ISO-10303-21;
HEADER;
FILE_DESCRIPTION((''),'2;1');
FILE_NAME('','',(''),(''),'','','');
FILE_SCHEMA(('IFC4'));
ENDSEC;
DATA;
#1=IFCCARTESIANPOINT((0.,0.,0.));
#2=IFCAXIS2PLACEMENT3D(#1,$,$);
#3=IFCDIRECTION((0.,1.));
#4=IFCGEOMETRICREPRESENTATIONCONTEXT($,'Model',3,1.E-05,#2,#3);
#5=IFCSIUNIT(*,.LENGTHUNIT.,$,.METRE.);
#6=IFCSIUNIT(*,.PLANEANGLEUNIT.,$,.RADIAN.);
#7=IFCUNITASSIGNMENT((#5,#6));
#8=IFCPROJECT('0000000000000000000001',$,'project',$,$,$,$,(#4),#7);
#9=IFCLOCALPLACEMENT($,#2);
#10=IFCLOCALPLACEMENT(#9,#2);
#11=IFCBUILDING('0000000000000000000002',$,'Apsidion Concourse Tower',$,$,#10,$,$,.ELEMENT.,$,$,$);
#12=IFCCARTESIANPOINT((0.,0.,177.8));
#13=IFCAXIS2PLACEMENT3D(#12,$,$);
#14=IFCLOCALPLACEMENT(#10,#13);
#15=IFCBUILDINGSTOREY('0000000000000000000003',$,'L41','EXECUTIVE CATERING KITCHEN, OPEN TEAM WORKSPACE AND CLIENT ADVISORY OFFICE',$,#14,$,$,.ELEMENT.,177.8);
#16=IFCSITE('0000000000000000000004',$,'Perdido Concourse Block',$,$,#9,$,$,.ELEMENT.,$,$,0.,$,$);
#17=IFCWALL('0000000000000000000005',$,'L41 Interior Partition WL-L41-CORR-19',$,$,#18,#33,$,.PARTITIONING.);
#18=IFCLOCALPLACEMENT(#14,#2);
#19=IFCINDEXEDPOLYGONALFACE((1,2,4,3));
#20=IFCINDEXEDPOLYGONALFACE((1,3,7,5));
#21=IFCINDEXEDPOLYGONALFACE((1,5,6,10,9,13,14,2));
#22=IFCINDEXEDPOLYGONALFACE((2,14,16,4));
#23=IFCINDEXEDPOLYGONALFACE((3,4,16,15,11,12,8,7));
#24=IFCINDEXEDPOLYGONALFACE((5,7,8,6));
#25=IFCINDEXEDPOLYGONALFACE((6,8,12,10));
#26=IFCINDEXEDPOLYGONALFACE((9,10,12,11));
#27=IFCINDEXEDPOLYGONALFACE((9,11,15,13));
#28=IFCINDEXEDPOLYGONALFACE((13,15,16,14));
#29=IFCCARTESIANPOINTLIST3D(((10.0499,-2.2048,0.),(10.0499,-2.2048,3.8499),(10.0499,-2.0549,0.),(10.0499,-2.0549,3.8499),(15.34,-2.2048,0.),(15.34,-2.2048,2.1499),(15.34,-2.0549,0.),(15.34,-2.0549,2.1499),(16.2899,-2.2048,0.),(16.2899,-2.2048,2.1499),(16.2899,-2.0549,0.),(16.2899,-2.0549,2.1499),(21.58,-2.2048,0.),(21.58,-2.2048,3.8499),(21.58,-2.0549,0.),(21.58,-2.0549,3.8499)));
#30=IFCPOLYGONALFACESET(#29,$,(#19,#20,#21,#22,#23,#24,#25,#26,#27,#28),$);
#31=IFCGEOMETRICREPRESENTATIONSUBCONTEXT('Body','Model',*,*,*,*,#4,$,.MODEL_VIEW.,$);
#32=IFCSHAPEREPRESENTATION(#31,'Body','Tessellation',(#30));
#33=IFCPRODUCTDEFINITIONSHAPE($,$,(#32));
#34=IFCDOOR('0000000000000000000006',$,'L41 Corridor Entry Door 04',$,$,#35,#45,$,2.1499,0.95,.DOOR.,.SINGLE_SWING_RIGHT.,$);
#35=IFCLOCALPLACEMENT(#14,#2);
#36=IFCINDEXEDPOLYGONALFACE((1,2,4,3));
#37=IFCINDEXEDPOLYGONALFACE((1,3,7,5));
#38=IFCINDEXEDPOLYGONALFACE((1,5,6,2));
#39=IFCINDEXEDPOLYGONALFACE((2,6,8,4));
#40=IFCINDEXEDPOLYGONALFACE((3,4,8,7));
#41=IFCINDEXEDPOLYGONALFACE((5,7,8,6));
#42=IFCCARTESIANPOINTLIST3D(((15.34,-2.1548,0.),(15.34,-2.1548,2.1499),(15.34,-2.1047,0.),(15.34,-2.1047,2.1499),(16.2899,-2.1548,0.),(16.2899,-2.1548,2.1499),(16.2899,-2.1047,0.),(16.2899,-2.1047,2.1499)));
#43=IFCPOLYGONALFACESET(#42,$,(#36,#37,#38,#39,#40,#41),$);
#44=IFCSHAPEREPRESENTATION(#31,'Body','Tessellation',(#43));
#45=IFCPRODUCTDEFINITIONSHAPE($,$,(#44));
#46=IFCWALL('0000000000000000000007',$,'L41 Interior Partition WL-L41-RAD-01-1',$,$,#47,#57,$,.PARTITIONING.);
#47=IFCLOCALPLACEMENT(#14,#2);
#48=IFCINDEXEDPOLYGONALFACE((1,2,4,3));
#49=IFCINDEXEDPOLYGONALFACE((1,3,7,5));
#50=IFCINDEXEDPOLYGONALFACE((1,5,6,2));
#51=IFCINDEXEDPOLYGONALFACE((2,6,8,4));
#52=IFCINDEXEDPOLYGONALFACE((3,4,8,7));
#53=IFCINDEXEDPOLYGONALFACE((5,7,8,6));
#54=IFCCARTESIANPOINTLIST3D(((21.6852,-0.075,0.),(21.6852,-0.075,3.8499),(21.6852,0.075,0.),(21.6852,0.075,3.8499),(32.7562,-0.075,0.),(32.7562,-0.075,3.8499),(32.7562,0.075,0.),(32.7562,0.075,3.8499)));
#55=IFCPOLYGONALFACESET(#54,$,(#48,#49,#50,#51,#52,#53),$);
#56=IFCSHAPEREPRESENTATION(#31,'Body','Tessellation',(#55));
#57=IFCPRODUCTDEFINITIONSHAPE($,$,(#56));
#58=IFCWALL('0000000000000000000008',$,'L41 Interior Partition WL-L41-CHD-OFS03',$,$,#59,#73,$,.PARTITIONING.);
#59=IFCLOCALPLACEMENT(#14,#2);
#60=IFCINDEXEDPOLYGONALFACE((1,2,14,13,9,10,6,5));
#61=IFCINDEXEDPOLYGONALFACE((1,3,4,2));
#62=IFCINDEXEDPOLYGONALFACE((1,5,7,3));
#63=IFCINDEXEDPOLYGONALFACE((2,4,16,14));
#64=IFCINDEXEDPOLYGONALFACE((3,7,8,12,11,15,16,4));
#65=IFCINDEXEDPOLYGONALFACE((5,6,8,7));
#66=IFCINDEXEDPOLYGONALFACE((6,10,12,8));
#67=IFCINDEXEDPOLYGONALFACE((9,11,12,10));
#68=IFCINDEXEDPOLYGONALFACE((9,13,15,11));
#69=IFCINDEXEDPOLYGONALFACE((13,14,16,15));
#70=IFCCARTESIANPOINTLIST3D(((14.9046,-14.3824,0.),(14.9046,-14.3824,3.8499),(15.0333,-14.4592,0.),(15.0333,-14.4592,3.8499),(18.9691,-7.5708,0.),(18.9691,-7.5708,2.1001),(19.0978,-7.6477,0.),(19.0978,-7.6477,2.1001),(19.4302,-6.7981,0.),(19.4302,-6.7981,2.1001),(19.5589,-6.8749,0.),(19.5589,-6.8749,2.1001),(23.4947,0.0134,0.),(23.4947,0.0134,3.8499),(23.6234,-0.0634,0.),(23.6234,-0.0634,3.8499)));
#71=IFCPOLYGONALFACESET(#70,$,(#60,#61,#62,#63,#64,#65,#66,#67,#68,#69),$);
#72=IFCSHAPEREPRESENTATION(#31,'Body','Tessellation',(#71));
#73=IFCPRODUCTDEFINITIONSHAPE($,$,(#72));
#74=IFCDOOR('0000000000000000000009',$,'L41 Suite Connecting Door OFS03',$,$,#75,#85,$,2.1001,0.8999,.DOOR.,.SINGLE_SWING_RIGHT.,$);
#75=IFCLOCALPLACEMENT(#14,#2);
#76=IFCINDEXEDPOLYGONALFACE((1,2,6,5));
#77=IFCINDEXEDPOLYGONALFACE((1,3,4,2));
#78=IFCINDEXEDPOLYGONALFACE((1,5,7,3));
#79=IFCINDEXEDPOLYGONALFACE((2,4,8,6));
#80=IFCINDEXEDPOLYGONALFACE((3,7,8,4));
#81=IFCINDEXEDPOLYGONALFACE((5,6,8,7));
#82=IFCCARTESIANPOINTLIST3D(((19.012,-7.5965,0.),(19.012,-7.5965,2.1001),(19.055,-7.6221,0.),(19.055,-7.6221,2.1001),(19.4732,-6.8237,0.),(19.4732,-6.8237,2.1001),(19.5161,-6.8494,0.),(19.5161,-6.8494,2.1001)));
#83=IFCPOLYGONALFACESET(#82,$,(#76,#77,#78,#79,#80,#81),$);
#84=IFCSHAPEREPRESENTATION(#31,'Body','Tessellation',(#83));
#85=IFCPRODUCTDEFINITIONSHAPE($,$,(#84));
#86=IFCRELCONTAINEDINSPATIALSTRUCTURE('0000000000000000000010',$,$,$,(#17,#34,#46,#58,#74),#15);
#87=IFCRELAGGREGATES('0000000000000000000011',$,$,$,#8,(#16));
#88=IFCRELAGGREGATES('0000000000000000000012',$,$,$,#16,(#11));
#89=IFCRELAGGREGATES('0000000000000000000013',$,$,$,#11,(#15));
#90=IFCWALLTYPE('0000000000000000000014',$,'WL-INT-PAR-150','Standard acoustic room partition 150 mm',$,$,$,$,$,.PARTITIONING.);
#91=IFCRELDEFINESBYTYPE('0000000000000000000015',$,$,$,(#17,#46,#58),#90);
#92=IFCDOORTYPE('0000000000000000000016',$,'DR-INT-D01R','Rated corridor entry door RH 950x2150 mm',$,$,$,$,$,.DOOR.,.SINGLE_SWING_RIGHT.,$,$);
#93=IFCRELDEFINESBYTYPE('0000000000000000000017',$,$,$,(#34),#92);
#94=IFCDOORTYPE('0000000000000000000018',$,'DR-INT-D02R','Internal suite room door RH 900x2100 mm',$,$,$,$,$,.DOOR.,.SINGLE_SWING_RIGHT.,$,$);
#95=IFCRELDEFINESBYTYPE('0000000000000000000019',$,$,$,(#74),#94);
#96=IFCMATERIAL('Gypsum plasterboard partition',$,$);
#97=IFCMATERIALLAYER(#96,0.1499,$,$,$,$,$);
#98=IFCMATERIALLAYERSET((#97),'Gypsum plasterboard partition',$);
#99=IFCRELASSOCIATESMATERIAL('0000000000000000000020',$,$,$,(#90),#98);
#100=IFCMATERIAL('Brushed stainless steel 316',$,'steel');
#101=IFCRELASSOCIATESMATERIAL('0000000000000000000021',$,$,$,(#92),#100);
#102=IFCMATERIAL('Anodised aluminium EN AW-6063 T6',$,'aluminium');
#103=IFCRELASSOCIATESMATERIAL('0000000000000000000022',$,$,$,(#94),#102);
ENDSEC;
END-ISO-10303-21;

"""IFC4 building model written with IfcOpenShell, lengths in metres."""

from ifc_helpers import new_model, si_unit, direction, frame, frame_2d, origin, place, context, subcontext, project, spatial, rectangle, extrude, material, layer, layer_set, type_object, element, fill, save


model = new_model("IFC4")

# Units and contexts
model_context = context("Model", 3, precision=1e-05, world=origin(), true_north=direction((0.0, 1.0)))
body_context = subcontext(model_context, "Body", "Model", "MODEL_VIEW")
ifc_project = project(units=[si_unit("LENGTHUNIT", "METRE"), si_unit("PLANEANGLEUNIT", "RADIAN")], contexts=[model_context])

# Site, building, storey
site_placement = place(None, origin())
site = spatial("IfcSite", under=ifc_project, at=site_placement, Name="Perdido Concourse Block", CompositionType="ELEMENT", RefElevation=0.0)
building_placement = place(site_placement, origin())
building = spatial("IfcBuilding", under=site, at=building_placement, Name="Apsidion Concourse Tower", CompositionType="ELEMENT")
storey_placement = place(building_placement, frame((0.0, 0.0, 177.8)))
storey = spatial("IfcBuildingStorey", under=building, at=storey_placement, Name="L41", Description="EXECUTIVE CATERING KITCHEN, OPEN TEAM WORKSPACE AND CLIENT ADVISORY OFFICE", CompositionType="ELEMENT", Elevation=177.8)

# Wall, opening, door
ifc_material_1 = material(Name="Gypsum plasterboard partition")
ifc_layer_1 = layer(ifc_material_1, 0.1499)
ifc_layer_set_1 = layer_set([ifc_layer_1], Name="Gypsum plasterboard partition")
wall_type_1 = type_object("IfcWallType", Name="WL-INT-PAR-150", Description="Standard acoustic room partition 150 mm", PredefinedType="PARTITIONING", material=ifc_layer_set_1)
wall_1_placement = place(storey_placement, frame((21.5801, -2.1299, 0.0), z_axis=(0.0, 0.0, 1.0), x_axis=(-1.0, 0.0, 0.0)))
wall_1 = element("IfcWall", 1, at=wall_1_placement, inside=storey, type_object=wall_type_1, Name="L41 Interior Partition WL-L41-CORR-19", PredefinedType="PARTITIONING", context=body_context, shape_type="SweptSolid", body=[
    extrude(rectangle(XDim=11.53, YDim=0.1499, at=frame_2d((5.7651, 0.0))), origin(), (0.0, 0.0, 1.0), 3.8499),
])
opening_1_placement = place(wall_1_placement, frame((5.29, 0.0, 0.0)))
opening_1 = element("IfcOpeningElement", 2, at=opening_1_placement, cuts=wall_1, PredefinedType="OPENING", context=body_context, shape_type="SweptSolid", body=[
    extrude(rectangle(XDim=0.95, YDim=2.1499, at=frame_2d((0.4751, 1.075))), frame((0.0, 0.085, 0.0), z_axis=(0.0, -1.0, 0.0), x_axis=(1.0, 0.0, 0.0)), (0.0, 0.0, 1.0), 0.1699),
])
ifc_material_2 = material(Name="Brushed stainless steel 316", Category="steel")
door_type_1 = type_object("IfcDoorType", Name="DR-INT-D01R", Description="Rated corridor entry door RH 950x2150 mm", OperationType="SINGLE_SWING_RIGHT", PredefinedType="DOOR", material=ifc_material_2)
door_1_placement = place(opening_1_placement, origin())
door_1 = element("IfcDoor", 3, at=door_1_placement, inside=storey, type_object=door_type_1, Name="L41 Corridor Entry Door 04", OperationType="SINGLE_SWING_RIGHT", OverallHeight=2.1499, OverallWidth=0.95, PredefinedType="DOOR", context=body_context, shape_type="SweptSolid", body=[
    extrude(rectangle(XDim=0.95, YDim=2.1499, at=frame_2d((0.4751, 1.075))), frame((0.0, 0.0249, 0.0), z_axis=(0.0, -1.0, 0.0), x_axis=(1.0, 0.0, 0.0)), (0.0, 0.0, 1.0), 0.05),
])
fill(opening_1, door_1)

# Wall
wall_2_placement = place(storey_placement, frame((21.6851, 0.0, 0.0), z_axis=(0.0, 0.0, 1.0), x_axis=(1.0, 0.0, 0.0)))
element("IfcWall", 4, at=wall_2_placement, inside=storey, type_object=wall_type_1, Name="L41 Interior Partition WL-L41-RAD-01-1", PredefinedType="PARTITIONING", context=body_context, shape_type="SweptSolid", body=[
    extrude(rectangle(XDim=11.071, YDim=0.1499, at=frame_2d((5.5356, 0.0))), origin(), (0.0, 0.0, 1.0), 3.8499),
])

# Wall, opening, door
wall_3_placement = place(storey_placement, frame((14.969, -14.4207, 0.0), z_axis=(0.0, 0.0, 1.0), x_axis=(0.512417, 0.858737, 0.0)))
wall_3 = element("IfcWall", 5, at=wall_3_placement, inside=storey, type_object=wall_type_1, Name="L41 Interior Partition WL-L41-CHD-OFS03", PredefinedType="PARTITIONING", context=body_context, shape_type="SweptSolid", body=[
    extrude(rectangle(XDim=16.7639, YDim=0.1499, at=frame_2d((8.3818, 0.0))), origin(), (0.0, 0.0, 1.0), 3.8499),
])
opening_2_placement = place(wall_3_placement, frame((7.9319, 0.0, 0.0)))
opening_2 = element("IfcOpeningElement", 6, at=opening_2_placement, cuts=wall_3, PredefinedType="OPENING", context=body_context, shape_type="SweptSolid", body=[
    extrude(rectangle(XDim=0.8999, YDim=2.1001, at=frame_2d((0.45, 1.05))), frame((0.0, 0.085, 0.0), z_axis=(0.0, -1.0, 0.0), x_axis=(1.0, 0.0, 0.0)), (0.0, 0.0, 1.0), 0.1699),
])
ifc_material_3 = material(Name="Anodised aluminium EN AW-6063 T6", Category="aluminium")
door_type_2 = type_object("IfcDoorType", Name="DR-INT-D02R", Description="Internal suite room door RH 900x2100 mm", OperationType="SINGLE_SWING_RIGHT", PredefinedType="DOOR", material=ifc_material_3)
door_2_placement = place(opening_2_placement, origin())
door_2 = element("IfcDoor", 7, at=door_2_placement, inside=storey, type_object=door_type_2, Name="L41 Suite Connecting Door OFS03", OperationType="SINGLE_SWING_RIGHT", OverallHeight=2.1001, OverallWidth=0.8999, PredefinedType="DOOR", context=body_context, shape_type="SweptSolid", body=[
    extrude(rectangle(XDim=0.8999, YDim=2.1001, at=frame_2d((0.45, 1.05))), frame((0.0, 0.0249, 0.0), z_axis=(0.0, -1.0, 0.0), x_axis=(1.0, 0.0, 0.0)), (0.0, 0.0, 1.0), 0.05),
])
fill(opening_2, door_2)

save(model, "model.ifc")
